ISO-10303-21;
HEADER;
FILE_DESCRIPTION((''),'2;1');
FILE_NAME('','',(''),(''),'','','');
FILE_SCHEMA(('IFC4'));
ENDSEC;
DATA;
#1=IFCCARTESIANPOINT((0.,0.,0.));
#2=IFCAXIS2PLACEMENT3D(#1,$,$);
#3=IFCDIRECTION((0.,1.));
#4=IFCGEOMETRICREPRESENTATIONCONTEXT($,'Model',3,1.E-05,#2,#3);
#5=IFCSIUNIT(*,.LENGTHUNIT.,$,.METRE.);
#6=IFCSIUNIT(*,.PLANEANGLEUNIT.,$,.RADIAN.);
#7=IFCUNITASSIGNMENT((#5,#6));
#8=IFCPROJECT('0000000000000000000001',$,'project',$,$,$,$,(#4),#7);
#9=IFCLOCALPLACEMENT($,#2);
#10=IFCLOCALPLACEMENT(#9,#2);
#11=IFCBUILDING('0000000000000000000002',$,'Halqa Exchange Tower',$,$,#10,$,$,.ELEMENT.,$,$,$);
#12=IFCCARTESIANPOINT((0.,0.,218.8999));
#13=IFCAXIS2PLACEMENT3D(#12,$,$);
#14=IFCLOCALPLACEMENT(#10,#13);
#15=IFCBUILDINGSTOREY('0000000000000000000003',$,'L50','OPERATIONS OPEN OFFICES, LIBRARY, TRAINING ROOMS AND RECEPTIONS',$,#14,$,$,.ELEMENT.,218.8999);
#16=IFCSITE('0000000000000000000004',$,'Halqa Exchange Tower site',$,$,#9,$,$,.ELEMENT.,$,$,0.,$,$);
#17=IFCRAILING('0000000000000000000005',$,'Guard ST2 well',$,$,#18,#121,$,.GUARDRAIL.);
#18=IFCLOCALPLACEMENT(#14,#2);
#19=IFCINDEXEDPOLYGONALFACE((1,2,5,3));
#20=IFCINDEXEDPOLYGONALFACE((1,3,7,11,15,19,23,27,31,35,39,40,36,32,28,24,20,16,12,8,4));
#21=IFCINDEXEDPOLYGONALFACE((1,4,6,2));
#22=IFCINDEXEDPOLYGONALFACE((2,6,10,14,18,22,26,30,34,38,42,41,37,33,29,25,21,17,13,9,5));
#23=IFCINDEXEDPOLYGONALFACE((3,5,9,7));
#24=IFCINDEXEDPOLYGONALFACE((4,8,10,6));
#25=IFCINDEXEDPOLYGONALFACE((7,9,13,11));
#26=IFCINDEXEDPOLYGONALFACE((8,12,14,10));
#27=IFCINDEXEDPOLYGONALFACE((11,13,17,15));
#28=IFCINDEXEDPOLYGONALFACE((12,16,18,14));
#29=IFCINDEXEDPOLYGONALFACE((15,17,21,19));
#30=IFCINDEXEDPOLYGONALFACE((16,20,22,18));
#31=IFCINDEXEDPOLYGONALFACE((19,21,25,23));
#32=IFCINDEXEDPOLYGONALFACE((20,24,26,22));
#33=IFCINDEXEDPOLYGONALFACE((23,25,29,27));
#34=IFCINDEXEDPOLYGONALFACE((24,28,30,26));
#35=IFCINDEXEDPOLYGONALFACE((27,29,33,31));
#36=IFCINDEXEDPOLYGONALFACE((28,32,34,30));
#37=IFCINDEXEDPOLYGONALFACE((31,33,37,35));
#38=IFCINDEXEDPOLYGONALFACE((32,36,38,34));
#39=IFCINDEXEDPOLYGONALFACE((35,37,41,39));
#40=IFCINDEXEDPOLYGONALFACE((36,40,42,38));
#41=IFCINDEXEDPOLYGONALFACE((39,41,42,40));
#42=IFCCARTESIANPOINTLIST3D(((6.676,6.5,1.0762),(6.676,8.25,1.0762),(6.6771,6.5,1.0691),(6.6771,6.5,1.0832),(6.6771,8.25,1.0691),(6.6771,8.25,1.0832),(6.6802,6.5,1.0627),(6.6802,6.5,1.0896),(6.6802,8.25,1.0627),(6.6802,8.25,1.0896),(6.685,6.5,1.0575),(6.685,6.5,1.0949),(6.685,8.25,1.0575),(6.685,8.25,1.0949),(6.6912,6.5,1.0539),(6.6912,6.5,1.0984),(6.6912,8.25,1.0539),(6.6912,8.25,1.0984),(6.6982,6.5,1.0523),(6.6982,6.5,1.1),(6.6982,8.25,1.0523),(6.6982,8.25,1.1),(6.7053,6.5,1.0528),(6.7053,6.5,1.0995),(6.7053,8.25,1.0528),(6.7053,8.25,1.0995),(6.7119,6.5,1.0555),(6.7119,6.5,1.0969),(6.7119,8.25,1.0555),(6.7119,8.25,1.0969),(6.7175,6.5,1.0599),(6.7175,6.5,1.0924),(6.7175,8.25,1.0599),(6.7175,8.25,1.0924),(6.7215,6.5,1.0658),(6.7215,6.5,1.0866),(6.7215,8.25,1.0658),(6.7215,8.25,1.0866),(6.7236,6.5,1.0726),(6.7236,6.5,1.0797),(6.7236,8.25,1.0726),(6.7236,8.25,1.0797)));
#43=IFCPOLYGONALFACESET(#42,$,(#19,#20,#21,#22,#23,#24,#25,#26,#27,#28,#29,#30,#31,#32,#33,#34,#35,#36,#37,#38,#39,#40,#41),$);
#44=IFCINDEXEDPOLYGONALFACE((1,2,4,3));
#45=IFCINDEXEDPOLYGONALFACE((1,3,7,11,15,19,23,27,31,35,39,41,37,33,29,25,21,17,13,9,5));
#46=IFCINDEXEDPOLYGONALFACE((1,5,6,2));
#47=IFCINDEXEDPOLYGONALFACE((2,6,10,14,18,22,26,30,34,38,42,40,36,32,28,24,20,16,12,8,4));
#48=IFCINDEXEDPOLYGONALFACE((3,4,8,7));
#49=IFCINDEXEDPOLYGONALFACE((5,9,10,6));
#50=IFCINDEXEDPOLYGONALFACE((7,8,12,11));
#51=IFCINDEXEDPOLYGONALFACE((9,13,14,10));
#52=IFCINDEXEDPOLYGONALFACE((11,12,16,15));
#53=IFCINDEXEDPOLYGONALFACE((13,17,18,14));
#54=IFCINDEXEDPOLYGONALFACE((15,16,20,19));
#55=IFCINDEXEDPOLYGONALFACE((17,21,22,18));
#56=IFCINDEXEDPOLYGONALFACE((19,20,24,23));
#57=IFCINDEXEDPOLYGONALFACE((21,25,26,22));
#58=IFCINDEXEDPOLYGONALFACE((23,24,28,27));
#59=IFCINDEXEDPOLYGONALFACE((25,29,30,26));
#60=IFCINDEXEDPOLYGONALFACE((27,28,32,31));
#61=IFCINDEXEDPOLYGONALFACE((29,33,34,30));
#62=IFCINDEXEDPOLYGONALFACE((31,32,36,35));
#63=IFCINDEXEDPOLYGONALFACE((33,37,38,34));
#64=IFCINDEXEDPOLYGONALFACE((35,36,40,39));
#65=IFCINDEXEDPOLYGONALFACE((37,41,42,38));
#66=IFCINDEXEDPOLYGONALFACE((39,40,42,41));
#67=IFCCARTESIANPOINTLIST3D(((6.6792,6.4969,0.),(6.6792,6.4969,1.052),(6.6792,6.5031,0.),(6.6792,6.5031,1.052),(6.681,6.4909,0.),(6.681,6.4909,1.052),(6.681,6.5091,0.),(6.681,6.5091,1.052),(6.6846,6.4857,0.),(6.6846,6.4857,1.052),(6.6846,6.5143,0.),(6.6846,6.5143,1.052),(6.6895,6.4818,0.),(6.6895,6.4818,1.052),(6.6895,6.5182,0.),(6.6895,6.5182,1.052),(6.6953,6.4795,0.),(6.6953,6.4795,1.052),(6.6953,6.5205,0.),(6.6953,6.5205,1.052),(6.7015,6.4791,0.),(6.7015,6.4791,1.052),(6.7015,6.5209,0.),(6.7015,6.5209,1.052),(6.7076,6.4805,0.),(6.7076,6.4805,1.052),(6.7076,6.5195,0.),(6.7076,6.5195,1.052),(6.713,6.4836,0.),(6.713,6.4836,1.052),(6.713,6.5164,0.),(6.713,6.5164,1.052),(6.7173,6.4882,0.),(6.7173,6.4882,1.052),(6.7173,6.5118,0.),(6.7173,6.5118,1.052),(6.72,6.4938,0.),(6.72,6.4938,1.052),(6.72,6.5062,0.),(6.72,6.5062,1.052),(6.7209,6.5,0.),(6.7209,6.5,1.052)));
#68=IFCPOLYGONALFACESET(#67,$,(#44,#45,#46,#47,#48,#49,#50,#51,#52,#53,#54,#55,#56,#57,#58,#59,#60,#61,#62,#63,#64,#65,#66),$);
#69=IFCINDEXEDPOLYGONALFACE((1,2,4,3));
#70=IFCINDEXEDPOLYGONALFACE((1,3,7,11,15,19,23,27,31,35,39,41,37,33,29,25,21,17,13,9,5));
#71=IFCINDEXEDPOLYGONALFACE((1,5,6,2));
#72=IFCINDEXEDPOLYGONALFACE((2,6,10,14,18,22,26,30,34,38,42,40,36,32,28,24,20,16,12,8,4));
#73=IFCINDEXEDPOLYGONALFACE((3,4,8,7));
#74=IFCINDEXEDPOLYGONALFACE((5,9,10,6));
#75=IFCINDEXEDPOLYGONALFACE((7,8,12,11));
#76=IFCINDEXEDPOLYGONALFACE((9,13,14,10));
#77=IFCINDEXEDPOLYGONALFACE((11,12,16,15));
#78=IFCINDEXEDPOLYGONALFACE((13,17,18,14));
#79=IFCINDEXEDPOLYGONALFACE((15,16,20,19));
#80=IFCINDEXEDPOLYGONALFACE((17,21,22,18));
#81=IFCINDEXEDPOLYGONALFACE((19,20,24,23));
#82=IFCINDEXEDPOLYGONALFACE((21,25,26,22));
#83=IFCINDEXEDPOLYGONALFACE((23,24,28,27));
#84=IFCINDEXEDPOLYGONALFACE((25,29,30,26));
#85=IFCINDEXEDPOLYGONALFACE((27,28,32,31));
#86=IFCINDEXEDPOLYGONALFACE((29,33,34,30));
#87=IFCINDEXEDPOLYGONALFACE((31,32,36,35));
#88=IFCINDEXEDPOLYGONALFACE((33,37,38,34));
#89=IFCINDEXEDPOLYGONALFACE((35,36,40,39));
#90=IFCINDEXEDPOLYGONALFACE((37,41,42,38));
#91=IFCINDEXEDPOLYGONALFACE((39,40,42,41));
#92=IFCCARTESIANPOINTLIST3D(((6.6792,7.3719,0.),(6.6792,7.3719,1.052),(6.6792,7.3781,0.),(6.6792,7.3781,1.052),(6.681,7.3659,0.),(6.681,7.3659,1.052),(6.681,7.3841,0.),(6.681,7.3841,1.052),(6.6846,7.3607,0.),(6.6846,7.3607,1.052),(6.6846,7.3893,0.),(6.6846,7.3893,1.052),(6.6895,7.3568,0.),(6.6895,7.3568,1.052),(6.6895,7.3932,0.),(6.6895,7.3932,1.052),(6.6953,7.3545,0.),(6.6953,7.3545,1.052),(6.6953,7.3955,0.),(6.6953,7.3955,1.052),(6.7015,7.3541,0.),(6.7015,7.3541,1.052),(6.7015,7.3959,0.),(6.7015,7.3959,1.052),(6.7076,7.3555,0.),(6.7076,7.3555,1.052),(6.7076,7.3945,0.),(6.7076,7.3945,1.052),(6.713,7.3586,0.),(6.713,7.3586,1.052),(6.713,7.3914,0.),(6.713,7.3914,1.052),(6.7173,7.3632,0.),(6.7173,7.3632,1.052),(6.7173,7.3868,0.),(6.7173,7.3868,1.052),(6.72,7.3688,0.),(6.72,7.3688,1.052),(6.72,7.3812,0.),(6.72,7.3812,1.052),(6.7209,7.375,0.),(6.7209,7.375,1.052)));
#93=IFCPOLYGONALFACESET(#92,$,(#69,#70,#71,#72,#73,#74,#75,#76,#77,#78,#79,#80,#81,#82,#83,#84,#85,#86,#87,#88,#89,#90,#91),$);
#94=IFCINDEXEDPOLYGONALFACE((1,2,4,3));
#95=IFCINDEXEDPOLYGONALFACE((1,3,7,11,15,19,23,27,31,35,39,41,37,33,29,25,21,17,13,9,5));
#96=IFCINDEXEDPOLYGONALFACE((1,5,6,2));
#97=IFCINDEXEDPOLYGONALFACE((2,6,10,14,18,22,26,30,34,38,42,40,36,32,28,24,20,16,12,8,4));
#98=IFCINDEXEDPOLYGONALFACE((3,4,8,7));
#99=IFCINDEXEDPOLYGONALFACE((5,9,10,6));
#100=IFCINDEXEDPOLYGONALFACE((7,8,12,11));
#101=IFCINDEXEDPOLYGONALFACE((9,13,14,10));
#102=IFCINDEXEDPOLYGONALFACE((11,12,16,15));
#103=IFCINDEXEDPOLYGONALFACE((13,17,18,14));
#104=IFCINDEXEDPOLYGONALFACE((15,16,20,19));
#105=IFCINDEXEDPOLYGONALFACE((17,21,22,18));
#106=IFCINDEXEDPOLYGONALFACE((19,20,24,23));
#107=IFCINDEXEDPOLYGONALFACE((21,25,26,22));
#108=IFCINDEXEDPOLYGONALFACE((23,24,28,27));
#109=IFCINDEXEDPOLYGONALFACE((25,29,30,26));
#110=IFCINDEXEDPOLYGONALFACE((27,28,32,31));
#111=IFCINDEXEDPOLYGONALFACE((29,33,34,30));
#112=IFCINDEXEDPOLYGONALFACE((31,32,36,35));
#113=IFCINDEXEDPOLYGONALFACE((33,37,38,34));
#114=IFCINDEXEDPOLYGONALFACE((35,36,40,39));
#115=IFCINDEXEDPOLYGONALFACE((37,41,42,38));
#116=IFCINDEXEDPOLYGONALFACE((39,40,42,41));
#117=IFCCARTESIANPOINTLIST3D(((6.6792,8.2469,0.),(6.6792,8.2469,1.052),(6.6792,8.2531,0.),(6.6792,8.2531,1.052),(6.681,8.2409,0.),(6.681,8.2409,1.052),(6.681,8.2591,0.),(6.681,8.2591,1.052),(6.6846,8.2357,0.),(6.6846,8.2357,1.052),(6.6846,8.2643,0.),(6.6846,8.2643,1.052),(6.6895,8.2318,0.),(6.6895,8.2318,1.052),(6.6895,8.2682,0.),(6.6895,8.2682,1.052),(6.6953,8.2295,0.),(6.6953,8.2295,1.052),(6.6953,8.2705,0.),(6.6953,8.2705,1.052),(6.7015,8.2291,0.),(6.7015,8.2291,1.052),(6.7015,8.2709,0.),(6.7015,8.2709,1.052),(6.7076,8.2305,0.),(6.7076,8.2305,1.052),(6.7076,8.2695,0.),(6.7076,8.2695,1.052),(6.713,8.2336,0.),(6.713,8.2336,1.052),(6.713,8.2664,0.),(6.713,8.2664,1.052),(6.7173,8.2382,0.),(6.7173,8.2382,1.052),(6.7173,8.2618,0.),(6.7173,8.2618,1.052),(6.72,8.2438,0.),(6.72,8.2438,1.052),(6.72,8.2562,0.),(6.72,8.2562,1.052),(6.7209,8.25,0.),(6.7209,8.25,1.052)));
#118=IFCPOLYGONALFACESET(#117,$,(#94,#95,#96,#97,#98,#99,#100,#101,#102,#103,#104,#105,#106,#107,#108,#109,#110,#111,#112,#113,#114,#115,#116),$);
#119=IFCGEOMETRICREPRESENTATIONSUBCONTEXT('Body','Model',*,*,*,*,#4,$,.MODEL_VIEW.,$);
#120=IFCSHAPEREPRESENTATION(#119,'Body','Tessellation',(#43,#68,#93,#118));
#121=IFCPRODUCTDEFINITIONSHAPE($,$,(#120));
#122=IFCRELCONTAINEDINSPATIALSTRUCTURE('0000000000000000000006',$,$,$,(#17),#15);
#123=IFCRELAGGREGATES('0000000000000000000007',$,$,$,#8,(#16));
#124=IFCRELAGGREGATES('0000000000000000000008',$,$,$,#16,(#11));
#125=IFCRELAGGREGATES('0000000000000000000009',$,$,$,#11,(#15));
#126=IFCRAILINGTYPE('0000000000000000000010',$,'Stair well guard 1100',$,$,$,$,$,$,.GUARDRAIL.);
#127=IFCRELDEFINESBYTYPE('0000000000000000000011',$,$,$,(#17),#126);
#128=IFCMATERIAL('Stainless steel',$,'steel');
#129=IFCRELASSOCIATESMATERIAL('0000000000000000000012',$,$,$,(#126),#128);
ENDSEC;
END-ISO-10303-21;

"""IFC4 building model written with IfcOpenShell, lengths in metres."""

from ifc_helpers import new_model, si_unit, direction, frame, origin, origin_2d, place, context, subcontext, project, spatial, circle, extrude, material, type_object, element, save


model = new_model("IFC4")

# Units and contexts
model_context = context("Model", 3, precision=1e-05, world=origin(), true_north=direction((0.0, 1.0)))
body_context = subcontext(model_context, "Body", "Model", "MODEL_VIEW")
ifc_project = project(units=[si_unit("LENGTHUNIT", "METRE"), si_unit("PLANEANGLEUNIT", "RADIAN")], contexts=[model_context])

# Site, building, storey
site_placement = place(None, origin())
site = spatial("IfcSite", under=ifc_project, at=site_placement, Name="Halqa Exchange Tower site", CompositionType="ELEMENT", RefElevation=0.0)
building_placement = place(site_placement, origin())
building = spatial("IfcBuilding", under=site, at=building_placement, Name="Halqa Exchange Tower", CompositionType="ELEMENT")
storey_placement = place(building_placement, frame((0.0, 0.0, 218.8999)))
storey = spatial("IfcBuildingStorey", under=building, at=storey_placement, Name="L50", Description="OPERATIONS OPEN OFFICES, LIBRARY, TRAINING ROOMS AND RECEPTIONS", CompositionType="ELEMENT", Elevation=218.8999)

# Railing
ifc_material_1 = material(Name="Stainless steel", Category="steel")
railing_type_1 = type_object("IfcRailingType", Name="Stair well guard 1100", PredefinedType="GUARDRAIL", material=ifc_material_1)
railing_1_placement = place(storey_placement, frame((6.7, 6.5, 0.0)))
element("IfcRailing", 1, at=railing_1_placement, inside=storey, type_object=railing_type_1, Name="Guard ST2 well", PredefinedType="GUARDRAIL", context=body_context, shape_type="SweptSolid", body=[
    extrude(circle(Radius=0.0239, at=origin_2d()), frame((0.0, 0.0, 1.0762), z_axis=(0.0, 1.0, 0.0), x_axis=(-1.0, 0.0, 0.0)), (0.0, 0.0, 1.0), 1.75),
    extrude(circle(Radius=0.021, at=origin_2d()), origin(), (0.0, 0.0, 1.0), 1.052),
    extrude(circle(Radius=0.021, at=origin_2d()), frame((0.0, 0.875, 0.0)), (0.0, 0.0, 1.0), 1.052),
    extrude(circle(Radius=0.021, at=origin_2d()), frame((0.0, 1.75, 0.0)), (0.0, 0.0, 1.0), 1.052),
])

save(model, "model.ifc")
